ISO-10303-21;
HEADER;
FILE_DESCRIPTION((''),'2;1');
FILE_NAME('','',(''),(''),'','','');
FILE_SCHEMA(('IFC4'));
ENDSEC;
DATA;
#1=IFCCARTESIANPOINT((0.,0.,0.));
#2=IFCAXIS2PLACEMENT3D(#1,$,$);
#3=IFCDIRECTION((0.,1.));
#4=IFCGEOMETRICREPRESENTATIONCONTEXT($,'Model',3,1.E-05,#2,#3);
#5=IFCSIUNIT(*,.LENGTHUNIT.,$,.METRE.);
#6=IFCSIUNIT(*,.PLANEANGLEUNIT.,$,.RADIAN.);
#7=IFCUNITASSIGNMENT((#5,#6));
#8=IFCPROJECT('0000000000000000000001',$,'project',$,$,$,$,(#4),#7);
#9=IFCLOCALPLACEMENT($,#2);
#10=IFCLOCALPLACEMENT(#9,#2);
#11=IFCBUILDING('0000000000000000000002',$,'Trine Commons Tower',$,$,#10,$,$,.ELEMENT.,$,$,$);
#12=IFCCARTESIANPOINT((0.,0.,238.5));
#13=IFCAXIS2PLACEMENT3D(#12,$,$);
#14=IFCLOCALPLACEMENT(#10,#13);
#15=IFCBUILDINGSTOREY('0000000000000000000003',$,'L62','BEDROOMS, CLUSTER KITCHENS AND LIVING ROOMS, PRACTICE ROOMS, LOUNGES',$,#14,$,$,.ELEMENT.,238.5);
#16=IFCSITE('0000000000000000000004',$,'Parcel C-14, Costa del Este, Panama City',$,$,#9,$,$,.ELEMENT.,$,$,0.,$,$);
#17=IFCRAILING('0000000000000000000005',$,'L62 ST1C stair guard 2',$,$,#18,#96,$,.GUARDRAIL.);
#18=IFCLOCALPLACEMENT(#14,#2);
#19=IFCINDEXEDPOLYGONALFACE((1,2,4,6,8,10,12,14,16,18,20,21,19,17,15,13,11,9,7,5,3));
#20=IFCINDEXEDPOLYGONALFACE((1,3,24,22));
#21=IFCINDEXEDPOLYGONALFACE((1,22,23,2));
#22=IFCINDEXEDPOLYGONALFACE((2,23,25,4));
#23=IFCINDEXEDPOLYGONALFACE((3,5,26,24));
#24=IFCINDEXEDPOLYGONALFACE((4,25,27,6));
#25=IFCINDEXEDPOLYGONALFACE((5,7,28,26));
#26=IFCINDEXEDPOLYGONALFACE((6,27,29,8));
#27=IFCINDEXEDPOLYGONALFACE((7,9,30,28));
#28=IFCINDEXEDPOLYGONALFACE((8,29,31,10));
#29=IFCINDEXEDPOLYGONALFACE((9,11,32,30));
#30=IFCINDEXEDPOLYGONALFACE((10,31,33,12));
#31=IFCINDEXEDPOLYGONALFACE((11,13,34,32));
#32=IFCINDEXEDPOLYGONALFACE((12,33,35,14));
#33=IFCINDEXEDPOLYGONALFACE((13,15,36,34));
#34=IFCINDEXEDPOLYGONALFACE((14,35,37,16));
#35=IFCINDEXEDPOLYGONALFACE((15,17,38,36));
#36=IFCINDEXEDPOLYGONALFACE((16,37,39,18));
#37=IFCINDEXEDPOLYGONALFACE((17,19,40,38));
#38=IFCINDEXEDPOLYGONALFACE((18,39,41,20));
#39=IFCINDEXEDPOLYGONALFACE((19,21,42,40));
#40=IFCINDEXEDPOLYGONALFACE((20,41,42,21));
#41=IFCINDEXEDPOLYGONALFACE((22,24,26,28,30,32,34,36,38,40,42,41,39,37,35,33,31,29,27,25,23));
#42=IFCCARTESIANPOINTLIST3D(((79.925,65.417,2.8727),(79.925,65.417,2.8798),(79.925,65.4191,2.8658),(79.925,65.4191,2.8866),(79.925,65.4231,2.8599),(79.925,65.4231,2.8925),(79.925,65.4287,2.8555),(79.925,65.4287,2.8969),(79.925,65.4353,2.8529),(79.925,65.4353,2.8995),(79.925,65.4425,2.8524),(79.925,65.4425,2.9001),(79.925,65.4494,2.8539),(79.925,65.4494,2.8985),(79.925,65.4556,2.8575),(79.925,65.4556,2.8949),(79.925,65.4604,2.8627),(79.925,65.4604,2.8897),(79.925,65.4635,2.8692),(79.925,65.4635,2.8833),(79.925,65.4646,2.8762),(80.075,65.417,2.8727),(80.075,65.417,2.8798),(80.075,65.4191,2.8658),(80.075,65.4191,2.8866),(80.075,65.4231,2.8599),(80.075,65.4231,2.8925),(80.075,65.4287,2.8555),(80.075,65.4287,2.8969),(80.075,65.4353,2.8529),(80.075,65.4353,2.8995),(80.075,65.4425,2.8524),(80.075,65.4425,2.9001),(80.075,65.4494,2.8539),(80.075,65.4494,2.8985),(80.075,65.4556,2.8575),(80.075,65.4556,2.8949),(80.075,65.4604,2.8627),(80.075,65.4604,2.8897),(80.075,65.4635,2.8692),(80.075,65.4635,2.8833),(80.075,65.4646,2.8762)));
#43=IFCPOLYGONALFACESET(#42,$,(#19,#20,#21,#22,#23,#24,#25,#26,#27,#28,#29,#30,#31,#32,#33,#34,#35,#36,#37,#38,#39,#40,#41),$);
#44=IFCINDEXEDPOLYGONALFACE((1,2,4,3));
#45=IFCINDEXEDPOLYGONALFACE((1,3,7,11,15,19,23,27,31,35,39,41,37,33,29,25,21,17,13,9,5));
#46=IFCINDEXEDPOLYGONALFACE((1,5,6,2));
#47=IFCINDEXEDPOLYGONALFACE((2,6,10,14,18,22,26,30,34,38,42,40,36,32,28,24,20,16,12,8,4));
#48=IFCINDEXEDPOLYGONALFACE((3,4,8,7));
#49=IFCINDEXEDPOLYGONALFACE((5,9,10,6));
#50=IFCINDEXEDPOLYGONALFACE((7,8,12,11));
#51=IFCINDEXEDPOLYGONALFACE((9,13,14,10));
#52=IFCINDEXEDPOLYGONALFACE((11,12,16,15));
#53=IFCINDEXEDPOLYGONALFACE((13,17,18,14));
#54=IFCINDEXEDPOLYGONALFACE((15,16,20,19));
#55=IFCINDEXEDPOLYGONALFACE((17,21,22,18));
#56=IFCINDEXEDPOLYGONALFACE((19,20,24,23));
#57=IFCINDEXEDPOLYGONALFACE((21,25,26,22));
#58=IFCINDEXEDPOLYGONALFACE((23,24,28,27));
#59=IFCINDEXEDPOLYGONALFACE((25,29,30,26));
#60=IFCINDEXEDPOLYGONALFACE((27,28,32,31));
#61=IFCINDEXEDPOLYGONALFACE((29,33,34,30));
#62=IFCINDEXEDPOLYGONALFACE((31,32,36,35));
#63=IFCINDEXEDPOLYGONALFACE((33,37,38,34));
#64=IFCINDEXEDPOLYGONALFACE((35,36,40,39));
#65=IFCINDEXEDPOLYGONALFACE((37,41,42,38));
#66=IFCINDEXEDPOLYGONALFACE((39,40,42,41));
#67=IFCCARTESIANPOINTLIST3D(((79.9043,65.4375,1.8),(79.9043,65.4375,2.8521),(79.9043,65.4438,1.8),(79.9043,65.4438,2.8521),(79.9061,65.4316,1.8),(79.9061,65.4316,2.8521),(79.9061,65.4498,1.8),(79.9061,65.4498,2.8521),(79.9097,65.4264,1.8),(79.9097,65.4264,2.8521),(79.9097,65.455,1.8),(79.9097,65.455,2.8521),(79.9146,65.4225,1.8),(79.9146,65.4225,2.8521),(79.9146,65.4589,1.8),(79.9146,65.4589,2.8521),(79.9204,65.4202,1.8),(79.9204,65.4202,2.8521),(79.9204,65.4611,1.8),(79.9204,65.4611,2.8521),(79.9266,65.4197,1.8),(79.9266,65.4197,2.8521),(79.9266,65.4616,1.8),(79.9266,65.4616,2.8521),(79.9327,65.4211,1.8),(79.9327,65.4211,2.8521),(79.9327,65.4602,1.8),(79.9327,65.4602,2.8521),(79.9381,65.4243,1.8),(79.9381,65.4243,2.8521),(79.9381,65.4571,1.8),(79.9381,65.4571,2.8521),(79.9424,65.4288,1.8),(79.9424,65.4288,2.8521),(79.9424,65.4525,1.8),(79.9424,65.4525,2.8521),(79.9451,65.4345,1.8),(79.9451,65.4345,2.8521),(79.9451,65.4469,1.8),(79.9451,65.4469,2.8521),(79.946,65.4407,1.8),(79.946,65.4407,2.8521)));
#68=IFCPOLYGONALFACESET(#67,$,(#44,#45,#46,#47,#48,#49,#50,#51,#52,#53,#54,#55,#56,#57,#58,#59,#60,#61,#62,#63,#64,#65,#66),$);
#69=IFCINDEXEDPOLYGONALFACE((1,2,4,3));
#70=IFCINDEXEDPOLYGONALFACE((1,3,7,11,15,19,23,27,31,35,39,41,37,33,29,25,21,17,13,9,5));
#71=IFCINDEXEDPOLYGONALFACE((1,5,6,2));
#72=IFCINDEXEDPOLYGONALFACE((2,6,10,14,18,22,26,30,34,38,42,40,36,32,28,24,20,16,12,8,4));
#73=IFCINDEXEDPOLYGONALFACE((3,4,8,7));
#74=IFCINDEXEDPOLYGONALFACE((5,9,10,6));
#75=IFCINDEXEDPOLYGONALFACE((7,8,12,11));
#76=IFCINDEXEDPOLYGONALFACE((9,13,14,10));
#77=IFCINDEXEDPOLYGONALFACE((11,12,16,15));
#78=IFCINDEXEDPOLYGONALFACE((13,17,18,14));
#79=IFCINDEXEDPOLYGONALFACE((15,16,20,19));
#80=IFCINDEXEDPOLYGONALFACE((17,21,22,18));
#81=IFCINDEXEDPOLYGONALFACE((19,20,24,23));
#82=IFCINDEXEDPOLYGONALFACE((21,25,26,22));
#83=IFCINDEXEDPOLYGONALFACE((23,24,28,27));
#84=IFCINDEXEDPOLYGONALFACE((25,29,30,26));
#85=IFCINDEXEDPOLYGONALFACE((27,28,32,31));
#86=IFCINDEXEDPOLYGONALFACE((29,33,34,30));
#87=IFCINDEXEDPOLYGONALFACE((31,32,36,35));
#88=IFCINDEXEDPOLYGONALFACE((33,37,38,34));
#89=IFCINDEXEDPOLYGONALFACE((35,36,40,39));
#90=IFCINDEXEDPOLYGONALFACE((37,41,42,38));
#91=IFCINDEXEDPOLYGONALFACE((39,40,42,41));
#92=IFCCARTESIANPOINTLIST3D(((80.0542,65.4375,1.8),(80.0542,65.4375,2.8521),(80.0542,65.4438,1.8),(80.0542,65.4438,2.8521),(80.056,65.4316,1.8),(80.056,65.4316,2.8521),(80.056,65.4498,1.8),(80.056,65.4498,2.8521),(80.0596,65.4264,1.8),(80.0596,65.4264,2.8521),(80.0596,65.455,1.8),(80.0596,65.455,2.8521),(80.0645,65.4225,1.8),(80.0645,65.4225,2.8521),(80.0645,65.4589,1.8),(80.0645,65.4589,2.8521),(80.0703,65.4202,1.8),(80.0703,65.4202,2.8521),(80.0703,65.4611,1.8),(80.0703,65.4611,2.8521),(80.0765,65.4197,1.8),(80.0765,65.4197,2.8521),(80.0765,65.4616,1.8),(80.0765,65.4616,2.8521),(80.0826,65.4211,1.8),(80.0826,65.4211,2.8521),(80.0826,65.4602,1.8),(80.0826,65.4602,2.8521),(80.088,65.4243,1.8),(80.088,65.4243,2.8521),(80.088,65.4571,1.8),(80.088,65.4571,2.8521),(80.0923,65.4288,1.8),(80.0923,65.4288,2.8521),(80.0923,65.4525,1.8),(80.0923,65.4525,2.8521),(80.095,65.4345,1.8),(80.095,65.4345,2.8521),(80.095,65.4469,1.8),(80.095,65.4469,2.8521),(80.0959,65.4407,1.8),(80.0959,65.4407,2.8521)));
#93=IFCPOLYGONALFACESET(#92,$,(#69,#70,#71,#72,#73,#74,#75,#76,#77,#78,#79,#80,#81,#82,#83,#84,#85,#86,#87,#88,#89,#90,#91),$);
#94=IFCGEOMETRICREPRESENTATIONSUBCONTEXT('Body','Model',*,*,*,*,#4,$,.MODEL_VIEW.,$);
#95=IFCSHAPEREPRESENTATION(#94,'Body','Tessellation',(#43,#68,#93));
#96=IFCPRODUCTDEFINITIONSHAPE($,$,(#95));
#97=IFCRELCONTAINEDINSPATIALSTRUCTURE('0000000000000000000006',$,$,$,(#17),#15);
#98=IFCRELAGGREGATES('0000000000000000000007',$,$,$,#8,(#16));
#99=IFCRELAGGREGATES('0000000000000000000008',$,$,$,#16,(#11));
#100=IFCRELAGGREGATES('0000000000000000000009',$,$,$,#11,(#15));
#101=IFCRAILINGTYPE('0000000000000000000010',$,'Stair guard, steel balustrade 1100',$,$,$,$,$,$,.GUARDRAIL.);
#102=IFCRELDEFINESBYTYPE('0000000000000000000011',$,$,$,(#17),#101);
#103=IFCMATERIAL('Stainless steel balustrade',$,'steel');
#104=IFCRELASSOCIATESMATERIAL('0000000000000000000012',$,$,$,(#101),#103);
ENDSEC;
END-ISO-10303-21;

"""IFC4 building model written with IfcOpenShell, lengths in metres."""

from ifc_helpers import new_model, si_unit, direction, frame, origin, origin_2d, place, context, subcontext, project, spatial, circle, extrude, material, type_object, element, save


model = new_model("IFC4")

# Units and contexts
model_context = context("Model", 3, precision=1e-05, world=origin(), true_north=direction((0.0, 1.0)))
body_context = subcontext(model_context, "Body", "Model", "MODEL_VIEW")
ifc_project = project(units=[si_unit("LENGTHUNIT", "METRE"), si_unit("PLANEANGLEUNIT", "RADIAN")], contexts=[model_context])

# Site, building, storey
site_placement = place(None, origin())
site = spatial("IfcSite", under=ifc_project, at=site_placement, Name="Parcel C-14, Costa del Este, Panama City", CompositionType="ELEMENT", RefElevation=0.0)
building_placement = place(site_placement, origin())
building = spatial("IfcBuilding", under=site, at=building_placement, Name="Trine Commons Tower", CompositionType="ELEMENT")
storey_placement = place(building_placement, frame((0.0, 0.0, 238.5)))
storey = spatial("IfcBuildingStorey", under=building, at=storey_placement, Name="L62", Description="BEDROOMS, CLUSTER KITCHENS AND LIVING ROOMS, PRACTICE ROOMS, LOUNGES", CompositionType="ELEMENT", Elevation=238.5)

# Railing
ifc_material_1 = material(Name="Stainless steel balustrade", Category="steel")
railing_type_1 = type_object("IfcRailingType", Name="Stair guard, steel balustrade 1100", PredefinedType="GUARDRAIL", material=ifc_material_1)
railing_1_placement = place(storey_placement, frame((79.925, 65.4407, 1.8)))
element("IfcRailing", 1, at=railing_1_placement, inside=storey, type_object=railing_type_1, Name="L62 ST1C stair guard 2", PredefinedType="GUARDRAIL", context=body_context, shape_type="SweptSolid", body=[
    extrude(circle(Radius=0.0239, at=origin_2d()), frame((0.0, 0.0, 1.0762), z_axis=(1.0, 0.0, 0.0), x_axis=(0.0, 1.0, 0.0)), (0.0, 0.0, 1.0), 0.1499),
    extrude(circle(Radius=0.021, at=origin_2d()), origin(), (0.0, 0.0, 1.0), 1.052),
    extrude(circle(Radius=0.021, at=origin_2d()), frame((0.1499, 0.0, 0.0)), (0.0, 0.0, 1.0), 1.052),
])

save(model, "model.ifc")
